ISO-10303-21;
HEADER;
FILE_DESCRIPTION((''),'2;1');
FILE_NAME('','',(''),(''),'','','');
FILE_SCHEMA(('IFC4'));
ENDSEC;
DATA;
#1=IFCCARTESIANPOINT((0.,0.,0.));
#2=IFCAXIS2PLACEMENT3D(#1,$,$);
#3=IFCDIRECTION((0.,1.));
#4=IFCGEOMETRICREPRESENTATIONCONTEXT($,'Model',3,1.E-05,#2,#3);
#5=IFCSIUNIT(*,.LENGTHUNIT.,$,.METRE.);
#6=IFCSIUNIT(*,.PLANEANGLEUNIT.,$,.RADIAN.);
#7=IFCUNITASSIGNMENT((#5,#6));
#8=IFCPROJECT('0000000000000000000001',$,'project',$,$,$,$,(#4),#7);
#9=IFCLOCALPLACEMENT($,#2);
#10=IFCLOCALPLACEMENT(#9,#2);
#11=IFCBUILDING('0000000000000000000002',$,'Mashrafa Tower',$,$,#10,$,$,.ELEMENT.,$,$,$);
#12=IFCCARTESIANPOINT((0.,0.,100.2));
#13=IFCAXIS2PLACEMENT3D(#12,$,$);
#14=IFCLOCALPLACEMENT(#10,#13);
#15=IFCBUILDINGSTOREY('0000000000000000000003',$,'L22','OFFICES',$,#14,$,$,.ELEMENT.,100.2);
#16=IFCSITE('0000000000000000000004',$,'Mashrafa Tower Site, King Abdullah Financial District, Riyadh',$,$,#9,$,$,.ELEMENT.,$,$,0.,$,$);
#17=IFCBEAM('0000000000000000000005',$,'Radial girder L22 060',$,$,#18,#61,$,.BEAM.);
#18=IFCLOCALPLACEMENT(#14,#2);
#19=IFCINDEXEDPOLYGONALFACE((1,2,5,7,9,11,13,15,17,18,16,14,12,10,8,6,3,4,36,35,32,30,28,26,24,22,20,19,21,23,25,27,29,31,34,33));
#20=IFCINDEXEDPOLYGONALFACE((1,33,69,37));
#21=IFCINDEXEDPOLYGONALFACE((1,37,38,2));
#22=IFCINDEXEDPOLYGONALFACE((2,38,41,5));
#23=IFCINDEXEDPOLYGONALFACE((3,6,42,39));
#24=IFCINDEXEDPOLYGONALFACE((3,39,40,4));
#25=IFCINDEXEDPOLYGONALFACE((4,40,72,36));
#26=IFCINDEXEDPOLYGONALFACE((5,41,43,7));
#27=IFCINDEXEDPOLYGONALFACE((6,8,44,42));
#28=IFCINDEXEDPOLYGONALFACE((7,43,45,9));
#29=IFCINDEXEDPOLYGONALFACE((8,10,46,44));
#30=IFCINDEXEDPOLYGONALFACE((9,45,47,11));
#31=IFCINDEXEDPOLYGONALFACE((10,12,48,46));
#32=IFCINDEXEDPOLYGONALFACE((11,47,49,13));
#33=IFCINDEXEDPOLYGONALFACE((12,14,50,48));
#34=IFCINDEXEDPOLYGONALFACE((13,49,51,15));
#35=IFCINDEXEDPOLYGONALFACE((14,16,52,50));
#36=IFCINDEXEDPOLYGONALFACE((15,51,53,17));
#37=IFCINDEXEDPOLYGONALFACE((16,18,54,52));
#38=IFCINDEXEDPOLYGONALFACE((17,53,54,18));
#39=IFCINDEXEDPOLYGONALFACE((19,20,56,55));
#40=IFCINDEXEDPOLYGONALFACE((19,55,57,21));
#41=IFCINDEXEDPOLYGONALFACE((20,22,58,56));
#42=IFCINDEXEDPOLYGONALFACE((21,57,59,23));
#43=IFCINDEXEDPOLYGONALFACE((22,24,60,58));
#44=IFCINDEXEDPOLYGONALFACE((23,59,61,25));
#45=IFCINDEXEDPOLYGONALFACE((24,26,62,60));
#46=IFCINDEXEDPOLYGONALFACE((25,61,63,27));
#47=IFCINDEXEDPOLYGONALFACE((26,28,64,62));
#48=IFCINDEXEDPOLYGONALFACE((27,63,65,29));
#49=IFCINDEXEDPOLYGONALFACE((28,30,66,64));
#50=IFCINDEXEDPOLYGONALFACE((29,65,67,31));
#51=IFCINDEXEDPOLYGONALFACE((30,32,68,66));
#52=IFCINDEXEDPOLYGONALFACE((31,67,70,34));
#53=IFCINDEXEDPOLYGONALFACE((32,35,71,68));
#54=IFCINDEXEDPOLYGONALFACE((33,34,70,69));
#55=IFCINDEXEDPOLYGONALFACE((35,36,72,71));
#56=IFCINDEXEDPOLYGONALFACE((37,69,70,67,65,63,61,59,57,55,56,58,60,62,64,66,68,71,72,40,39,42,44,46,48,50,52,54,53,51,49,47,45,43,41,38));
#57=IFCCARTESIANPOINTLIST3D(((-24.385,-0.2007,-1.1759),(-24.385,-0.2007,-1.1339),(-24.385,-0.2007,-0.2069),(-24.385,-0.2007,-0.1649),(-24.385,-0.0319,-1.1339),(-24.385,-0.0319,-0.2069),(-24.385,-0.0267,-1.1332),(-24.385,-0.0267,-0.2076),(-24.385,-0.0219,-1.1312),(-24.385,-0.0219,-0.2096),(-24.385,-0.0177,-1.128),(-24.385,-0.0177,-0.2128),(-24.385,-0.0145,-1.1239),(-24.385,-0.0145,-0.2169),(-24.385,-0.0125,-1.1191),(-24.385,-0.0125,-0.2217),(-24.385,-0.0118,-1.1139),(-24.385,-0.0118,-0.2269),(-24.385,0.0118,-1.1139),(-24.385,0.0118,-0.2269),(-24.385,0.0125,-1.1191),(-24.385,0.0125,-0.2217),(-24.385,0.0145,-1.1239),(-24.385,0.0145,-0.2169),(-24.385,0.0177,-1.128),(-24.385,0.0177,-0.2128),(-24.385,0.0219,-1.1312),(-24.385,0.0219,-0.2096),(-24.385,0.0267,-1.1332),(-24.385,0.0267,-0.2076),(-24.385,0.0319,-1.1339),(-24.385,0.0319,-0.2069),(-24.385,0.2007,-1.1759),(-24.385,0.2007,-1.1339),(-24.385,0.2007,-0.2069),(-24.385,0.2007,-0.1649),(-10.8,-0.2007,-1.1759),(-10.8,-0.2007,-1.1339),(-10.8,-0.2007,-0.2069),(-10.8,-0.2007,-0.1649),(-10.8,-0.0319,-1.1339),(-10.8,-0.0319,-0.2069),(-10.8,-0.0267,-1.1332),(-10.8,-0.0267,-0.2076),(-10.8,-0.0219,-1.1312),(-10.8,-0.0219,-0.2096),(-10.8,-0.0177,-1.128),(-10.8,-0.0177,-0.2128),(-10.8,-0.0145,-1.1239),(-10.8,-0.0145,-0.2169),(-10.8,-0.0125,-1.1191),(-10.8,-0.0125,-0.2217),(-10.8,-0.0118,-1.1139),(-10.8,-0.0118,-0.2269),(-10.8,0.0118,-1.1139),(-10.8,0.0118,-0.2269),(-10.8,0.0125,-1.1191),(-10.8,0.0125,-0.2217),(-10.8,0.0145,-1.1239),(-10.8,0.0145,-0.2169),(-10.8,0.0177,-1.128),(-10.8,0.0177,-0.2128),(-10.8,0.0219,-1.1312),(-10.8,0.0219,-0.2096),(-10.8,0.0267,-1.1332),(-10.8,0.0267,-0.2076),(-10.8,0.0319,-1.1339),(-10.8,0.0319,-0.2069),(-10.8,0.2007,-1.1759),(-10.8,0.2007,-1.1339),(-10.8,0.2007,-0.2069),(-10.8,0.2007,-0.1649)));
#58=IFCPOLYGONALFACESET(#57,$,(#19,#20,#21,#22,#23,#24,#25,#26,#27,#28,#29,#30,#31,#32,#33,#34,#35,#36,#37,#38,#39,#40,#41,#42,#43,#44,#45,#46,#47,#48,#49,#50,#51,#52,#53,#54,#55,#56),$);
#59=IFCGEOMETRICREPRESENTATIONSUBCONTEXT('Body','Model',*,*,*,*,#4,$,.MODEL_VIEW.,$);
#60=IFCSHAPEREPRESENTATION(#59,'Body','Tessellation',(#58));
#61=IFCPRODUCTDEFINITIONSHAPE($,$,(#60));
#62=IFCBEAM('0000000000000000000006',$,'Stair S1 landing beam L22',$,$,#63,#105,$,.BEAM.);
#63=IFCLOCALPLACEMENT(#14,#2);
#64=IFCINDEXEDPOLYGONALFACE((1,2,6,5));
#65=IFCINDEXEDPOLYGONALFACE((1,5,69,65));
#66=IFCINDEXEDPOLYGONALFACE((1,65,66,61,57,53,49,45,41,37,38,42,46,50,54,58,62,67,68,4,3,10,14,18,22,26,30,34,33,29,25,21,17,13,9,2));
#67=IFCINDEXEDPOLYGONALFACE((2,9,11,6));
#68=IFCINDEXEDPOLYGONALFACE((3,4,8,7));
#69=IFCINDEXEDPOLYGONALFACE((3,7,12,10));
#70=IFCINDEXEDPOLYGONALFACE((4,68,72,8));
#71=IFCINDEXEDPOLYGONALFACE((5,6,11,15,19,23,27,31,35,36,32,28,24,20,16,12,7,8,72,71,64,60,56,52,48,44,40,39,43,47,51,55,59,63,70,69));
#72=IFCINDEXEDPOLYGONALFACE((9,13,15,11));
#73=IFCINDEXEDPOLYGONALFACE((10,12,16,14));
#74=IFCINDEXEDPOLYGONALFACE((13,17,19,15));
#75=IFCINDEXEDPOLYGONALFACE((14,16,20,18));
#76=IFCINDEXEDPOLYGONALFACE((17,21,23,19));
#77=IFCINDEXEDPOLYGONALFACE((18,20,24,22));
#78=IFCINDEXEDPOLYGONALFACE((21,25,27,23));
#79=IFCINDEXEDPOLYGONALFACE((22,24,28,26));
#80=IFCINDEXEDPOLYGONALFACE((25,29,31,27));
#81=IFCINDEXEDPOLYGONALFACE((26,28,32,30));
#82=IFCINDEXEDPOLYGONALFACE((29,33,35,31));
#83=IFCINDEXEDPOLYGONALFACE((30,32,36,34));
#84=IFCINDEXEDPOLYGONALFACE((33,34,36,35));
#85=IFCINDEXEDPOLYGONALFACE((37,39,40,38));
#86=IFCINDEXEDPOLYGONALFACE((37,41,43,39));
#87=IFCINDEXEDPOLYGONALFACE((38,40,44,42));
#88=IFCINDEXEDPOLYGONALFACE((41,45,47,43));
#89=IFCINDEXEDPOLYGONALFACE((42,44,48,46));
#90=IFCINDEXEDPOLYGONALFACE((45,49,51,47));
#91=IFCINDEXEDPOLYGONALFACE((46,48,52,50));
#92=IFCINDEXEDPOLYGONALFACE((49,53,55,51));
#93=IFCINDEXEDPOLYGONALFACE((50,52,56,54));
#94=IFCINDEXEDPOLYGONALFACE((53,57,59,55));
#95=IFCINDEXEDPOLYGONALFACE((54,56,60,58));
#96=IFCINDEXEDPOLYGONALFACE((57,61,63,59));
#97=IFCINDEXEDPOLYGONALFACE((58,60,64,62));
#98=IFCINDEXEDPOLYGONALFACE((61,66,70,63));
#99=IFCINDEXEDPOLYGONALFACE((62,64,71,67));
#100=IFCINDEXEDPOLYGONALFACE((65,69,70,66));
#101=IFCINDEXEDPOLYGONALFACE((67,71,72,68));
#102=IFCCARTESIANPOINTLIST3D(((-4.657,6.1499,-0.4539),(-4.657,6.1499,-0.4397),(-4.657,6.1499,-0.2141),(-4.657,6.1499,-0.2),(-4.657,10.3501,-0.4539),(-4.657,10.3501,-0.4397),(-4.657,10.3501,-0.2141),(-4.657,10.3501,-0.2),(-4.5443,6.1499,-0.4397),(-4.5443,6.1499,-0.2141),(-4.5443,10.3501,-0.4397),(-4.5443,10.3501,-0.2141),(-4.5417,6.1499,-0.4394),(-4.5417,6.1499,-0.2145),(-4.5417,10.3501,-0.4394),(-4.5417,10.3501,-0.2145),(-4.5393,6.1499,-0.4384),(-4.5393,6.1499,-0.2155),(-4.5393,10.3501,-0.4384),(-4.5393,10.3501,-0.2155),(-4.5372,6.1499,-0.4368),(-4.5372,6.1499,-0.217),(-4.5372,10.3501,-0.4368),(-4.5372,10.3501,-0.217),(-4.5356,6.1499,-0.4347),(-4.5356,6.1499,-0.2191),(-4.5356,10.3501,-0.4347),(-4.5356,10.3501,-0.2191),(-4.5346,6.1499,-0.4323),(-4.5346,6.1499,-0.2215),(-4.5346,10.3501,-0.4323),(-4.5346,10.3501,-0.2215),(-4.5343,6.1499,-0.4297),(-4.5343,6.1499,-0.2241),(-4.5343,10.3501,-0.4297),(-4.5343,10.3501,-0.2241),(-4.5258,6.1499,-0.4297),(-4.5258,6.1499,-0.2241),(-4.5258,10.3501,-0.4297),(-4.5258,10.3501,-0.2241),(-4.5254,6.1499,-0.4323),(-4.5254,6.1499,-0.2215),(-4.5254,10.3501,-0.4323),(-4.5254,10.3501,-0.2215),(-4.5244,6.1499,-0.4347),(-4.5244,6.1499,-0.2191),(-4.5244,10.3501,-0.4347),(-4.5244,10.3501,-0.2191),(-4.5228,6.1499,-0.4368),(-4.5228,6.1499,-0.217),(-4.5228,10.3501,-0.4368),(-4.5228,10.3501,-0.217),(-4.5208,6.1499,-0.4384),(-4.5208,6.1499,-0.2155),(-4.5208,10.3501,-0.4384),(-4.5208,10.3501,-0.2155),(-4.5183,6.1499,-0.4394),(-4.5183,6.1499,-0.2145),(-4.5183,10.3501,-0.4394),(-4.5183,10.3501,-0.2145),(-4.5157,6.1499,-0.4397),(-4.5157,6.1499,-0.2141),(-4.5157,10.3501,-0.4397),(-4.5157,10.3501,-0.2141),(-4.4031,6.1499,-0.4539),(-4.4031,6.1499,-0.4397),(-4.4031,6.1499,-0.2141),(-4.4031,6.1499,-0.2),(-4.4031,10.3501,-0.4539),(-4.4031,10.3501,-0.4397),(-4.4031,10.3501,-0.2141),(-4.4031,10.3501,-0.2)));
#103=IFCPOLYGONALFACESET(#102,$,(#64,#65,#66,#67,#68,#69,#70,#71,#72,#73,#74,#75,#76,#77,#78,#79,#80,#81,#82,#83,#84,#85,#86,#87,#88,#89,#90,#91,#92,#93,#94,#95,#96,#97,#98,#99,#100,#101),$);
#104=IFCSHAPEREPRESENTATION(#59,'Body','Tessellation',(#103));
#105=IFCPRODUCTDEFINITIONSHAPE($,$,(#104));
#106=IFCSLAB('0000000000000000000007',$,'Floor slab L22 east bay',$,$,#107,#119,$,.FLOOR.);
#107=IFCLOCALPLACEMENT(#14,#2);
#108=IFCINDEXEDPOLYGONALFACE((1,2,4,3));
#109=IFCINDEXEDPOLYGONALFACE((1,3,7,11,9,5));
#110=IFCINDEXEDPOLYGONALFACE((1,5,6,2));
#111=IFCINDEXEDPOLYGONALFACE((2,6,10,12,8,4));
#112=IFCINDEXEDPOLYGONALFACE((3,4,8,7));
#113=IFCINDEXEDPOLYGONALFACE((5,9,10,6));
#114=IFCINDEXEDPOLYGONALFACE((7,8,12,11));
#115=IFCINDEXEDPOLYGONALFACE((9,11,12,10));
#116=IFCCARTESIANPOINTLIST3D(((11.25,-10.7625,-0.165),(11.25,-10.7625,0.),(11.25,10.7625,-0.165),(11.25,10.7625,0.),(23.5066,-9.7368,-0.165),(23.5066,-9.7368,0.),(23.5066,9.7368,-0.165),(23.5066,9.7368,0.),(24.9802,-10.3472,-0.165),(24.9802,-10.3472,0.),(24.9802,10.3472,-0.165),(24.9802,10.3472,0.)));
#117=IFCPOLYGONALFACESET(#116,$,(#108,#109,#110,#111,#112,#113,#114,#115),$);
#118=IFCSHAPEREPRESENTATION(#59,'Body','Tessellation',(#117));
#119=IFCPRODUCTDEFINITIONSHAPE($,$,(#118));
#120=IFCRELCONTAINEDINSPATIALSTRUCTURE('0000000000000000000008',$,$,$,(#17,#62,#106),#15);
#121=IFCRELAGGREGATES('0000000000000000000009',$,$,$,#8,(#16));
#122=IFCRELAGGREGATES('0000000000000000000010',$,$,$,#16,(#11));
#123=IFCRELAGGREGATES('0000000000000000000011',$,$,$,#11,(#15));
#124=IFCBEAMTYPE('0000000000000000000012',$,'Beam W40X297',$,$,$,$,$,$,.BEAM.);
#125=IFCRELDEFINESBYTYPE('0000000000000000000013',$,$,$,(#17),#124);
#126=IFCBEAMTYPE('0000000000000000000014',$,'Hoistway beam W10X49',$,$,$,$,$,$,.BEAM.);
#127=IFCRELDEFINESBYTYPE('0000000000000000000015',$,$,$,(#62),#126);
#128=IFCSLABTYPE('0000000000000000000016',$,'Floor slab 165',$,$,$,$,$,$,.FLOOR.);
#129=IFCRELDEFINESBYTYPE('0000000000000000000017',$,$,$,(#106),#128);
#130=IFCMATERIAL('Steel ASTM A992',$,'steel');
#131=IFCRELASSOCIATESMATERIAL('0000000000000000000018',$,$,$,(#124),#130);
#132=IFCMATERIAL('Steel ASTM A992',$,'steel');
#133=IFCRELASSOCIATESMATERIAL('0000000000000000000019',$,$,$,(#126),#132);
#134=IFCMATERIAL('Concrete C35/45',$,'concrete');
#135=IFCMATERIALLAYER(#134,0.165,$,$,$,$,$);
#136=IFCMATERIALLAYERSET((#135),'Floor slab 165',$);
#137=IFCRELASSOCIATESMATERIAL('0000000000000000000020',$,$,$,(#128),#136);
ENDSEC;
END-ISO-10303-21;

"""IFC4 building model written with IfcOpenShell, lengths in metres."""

from ifc_helpers import new_model, si_unit, direction, frame, origin, origin_2d, place, context, subcontext, project, spatial, polyline, i_section, outline, extrude, material, layer, layer_set, material_profile, profile_set, type_object, element, save


model = new_model("IFC4")

# Units and contexts
model_context = context("Model", 3, precision=1e-05, world=origin(), true_north=direction((0.0, 1.0)))
body_context = subcontext(model_context, "Body", "Model", "MODEL_VIEW")
ifc_project = project(units=[si_unit("LENGTHUNIT", "METRE"), si_unit("PLANEANGLEUNIT", "RADIAN")], contexts=[model_context])

# Site, building, storey
site_placement = place(None, origin())
site = spatial("IfcSite", under=ifc_project, at=site_placement, Name="Mashrafa Tower Site, King Abdullah Financial District, Riyadh", CompositionType="ELEMENT", RefElevation=0.0)
building_placement = place(site_placement, origin())
building = spatial("IfcBuilding", under=site, at=building_placement, Name="Mashrafa Tower", CompositionType="ELEMENT")
storey_placement = place(building_placement, frame((0.0, 0.0, 100.2)))
storey = spatial("IfcBuildingStorey", under=building, at=storey_placement, Name="L22", Description="OFFICES", CompositionType="ELEMENT", Elevation=100.2)

# Beams
ifc_material_1 = material(Name="Steel ASTM A992", Category="steel")
ifc_material_profile_1 = material_profile(ifc_material_1, i_section(OverallWidth=0.4014, OverallDepth=1.011, WebThickness=0.0237, FlangeThickness=0.042, FilletRadius=0.02, at=origin_2d()), Name="W40X297")
ifc_profile_set_1 = profile_set([ifc_material_profile_1], Name="Steel ASTM A992")
beam_type_1 = type_object("IfcBeamType", Name="Beam W40X297", PredefinedType="BEAM", material=ifc_profile_set_1)
beam_1_placement = place(storey_placement, frame((-10.8, 0.0, -0.6704), z_axis=(-1.0, 0.0, 0.0), x_axis=(0.0, -1.0, 0.0)))
element("IfcBeam", 1, at=beam_1_placement, inside=storey, type_object=beam_type_1, Name="Radial girder L22 060", PredefinedType="BEAM", context=body_context, shape_type="SweptSolid", body=[
    extrude(i_section(OverallWidth=0.4014, OverallDepth=1.011, WebThickness=0.0237, FlangeThickness=0.042, FilletRadius=0.02, at=origin_2d()), origin(), (0.0, 0.0, 1.0), 13.585),
])
ifc_material_2 = material(Name="Steel ASTM A992", Category="steel")
ifc_material_profile_2 = material_profile(ifc_material_2, i_section(OverallWidth=0.2539, OverallDepth=0.2539, WebThickness=0.0085, FlangeThickness=0.0142, FilletRadius=0.01, at=origin_2d()), Name="W10X49")
ifc_profile_set_2 = profile_set([ifc_material_profile_2], Name="Steel ASTM A992")
beam_type_2 = type_object("IfcBeamType", Name="Hoistway beam W10X49", PredefinedType="BEAM", material=ifc_profile_set_2)
beam_2_placement = place(storey_placement, frame((-4.53, 6.1499, -0.3269), z_axis=(0.0, 1.0, 0.0), x_axis=(-1.0, 0.0, 0.0)))
element("IfcBeam", 2, at=beam_2_placement, inside=storey, type_object=beam_type_2, Name="Stair S1 landing beam L22", PredefinedType="BEAM", context=body_context, shape_type="SweptSolid", body=[
    extrude(i_section(OverallWidth=0.2539, OverallDepth=0.2539, WebThickness=0.0085, FlangeThickness=0.0142, FilletRadius=0.01, at=origin_2d()), origin(), (0.0, 0.0, 1.0), 4.2002),
])

# Slab
ifc_material_3 = material(Name="Concrete C35/45", Category="concrete")
ifc_layer_1 = layer(ifc_material_3, 0.165)
ifc_layer_set_1 = layer_set([ifc_layer_1], Name="Floor slab 165")
slab_type = type_object("IfcSlabType", Name="Floor slab 165", PredefinedType="FLOOR", material=ifc_layer_set_1)
slab_placement = place(storey_placement, frame((0.0, 0.0, -0.165)))
element("IfcSlab", 3, at=slab_placement, inside=storey, type_object=slab_type, Name="Floor slab L22 east bay", PredefinedType="FLOOR", context=body_context, shape_type="SweptSolid", body=[
    extrude(outline(polyline([(24.9802, 10.3472), (24.9802, -10.3472), (24.9802, -10.3472), (23.5066, -9.7368), (11.25, -10.7625), (11.25, 10.7625), (23.5066, 9.7368), (24.9802, 10.3472), (24.9802, 10.3472)])), origin(), (0.0, 0.0, 1.0), 0.165),
])

save(model, "model.ifc")
